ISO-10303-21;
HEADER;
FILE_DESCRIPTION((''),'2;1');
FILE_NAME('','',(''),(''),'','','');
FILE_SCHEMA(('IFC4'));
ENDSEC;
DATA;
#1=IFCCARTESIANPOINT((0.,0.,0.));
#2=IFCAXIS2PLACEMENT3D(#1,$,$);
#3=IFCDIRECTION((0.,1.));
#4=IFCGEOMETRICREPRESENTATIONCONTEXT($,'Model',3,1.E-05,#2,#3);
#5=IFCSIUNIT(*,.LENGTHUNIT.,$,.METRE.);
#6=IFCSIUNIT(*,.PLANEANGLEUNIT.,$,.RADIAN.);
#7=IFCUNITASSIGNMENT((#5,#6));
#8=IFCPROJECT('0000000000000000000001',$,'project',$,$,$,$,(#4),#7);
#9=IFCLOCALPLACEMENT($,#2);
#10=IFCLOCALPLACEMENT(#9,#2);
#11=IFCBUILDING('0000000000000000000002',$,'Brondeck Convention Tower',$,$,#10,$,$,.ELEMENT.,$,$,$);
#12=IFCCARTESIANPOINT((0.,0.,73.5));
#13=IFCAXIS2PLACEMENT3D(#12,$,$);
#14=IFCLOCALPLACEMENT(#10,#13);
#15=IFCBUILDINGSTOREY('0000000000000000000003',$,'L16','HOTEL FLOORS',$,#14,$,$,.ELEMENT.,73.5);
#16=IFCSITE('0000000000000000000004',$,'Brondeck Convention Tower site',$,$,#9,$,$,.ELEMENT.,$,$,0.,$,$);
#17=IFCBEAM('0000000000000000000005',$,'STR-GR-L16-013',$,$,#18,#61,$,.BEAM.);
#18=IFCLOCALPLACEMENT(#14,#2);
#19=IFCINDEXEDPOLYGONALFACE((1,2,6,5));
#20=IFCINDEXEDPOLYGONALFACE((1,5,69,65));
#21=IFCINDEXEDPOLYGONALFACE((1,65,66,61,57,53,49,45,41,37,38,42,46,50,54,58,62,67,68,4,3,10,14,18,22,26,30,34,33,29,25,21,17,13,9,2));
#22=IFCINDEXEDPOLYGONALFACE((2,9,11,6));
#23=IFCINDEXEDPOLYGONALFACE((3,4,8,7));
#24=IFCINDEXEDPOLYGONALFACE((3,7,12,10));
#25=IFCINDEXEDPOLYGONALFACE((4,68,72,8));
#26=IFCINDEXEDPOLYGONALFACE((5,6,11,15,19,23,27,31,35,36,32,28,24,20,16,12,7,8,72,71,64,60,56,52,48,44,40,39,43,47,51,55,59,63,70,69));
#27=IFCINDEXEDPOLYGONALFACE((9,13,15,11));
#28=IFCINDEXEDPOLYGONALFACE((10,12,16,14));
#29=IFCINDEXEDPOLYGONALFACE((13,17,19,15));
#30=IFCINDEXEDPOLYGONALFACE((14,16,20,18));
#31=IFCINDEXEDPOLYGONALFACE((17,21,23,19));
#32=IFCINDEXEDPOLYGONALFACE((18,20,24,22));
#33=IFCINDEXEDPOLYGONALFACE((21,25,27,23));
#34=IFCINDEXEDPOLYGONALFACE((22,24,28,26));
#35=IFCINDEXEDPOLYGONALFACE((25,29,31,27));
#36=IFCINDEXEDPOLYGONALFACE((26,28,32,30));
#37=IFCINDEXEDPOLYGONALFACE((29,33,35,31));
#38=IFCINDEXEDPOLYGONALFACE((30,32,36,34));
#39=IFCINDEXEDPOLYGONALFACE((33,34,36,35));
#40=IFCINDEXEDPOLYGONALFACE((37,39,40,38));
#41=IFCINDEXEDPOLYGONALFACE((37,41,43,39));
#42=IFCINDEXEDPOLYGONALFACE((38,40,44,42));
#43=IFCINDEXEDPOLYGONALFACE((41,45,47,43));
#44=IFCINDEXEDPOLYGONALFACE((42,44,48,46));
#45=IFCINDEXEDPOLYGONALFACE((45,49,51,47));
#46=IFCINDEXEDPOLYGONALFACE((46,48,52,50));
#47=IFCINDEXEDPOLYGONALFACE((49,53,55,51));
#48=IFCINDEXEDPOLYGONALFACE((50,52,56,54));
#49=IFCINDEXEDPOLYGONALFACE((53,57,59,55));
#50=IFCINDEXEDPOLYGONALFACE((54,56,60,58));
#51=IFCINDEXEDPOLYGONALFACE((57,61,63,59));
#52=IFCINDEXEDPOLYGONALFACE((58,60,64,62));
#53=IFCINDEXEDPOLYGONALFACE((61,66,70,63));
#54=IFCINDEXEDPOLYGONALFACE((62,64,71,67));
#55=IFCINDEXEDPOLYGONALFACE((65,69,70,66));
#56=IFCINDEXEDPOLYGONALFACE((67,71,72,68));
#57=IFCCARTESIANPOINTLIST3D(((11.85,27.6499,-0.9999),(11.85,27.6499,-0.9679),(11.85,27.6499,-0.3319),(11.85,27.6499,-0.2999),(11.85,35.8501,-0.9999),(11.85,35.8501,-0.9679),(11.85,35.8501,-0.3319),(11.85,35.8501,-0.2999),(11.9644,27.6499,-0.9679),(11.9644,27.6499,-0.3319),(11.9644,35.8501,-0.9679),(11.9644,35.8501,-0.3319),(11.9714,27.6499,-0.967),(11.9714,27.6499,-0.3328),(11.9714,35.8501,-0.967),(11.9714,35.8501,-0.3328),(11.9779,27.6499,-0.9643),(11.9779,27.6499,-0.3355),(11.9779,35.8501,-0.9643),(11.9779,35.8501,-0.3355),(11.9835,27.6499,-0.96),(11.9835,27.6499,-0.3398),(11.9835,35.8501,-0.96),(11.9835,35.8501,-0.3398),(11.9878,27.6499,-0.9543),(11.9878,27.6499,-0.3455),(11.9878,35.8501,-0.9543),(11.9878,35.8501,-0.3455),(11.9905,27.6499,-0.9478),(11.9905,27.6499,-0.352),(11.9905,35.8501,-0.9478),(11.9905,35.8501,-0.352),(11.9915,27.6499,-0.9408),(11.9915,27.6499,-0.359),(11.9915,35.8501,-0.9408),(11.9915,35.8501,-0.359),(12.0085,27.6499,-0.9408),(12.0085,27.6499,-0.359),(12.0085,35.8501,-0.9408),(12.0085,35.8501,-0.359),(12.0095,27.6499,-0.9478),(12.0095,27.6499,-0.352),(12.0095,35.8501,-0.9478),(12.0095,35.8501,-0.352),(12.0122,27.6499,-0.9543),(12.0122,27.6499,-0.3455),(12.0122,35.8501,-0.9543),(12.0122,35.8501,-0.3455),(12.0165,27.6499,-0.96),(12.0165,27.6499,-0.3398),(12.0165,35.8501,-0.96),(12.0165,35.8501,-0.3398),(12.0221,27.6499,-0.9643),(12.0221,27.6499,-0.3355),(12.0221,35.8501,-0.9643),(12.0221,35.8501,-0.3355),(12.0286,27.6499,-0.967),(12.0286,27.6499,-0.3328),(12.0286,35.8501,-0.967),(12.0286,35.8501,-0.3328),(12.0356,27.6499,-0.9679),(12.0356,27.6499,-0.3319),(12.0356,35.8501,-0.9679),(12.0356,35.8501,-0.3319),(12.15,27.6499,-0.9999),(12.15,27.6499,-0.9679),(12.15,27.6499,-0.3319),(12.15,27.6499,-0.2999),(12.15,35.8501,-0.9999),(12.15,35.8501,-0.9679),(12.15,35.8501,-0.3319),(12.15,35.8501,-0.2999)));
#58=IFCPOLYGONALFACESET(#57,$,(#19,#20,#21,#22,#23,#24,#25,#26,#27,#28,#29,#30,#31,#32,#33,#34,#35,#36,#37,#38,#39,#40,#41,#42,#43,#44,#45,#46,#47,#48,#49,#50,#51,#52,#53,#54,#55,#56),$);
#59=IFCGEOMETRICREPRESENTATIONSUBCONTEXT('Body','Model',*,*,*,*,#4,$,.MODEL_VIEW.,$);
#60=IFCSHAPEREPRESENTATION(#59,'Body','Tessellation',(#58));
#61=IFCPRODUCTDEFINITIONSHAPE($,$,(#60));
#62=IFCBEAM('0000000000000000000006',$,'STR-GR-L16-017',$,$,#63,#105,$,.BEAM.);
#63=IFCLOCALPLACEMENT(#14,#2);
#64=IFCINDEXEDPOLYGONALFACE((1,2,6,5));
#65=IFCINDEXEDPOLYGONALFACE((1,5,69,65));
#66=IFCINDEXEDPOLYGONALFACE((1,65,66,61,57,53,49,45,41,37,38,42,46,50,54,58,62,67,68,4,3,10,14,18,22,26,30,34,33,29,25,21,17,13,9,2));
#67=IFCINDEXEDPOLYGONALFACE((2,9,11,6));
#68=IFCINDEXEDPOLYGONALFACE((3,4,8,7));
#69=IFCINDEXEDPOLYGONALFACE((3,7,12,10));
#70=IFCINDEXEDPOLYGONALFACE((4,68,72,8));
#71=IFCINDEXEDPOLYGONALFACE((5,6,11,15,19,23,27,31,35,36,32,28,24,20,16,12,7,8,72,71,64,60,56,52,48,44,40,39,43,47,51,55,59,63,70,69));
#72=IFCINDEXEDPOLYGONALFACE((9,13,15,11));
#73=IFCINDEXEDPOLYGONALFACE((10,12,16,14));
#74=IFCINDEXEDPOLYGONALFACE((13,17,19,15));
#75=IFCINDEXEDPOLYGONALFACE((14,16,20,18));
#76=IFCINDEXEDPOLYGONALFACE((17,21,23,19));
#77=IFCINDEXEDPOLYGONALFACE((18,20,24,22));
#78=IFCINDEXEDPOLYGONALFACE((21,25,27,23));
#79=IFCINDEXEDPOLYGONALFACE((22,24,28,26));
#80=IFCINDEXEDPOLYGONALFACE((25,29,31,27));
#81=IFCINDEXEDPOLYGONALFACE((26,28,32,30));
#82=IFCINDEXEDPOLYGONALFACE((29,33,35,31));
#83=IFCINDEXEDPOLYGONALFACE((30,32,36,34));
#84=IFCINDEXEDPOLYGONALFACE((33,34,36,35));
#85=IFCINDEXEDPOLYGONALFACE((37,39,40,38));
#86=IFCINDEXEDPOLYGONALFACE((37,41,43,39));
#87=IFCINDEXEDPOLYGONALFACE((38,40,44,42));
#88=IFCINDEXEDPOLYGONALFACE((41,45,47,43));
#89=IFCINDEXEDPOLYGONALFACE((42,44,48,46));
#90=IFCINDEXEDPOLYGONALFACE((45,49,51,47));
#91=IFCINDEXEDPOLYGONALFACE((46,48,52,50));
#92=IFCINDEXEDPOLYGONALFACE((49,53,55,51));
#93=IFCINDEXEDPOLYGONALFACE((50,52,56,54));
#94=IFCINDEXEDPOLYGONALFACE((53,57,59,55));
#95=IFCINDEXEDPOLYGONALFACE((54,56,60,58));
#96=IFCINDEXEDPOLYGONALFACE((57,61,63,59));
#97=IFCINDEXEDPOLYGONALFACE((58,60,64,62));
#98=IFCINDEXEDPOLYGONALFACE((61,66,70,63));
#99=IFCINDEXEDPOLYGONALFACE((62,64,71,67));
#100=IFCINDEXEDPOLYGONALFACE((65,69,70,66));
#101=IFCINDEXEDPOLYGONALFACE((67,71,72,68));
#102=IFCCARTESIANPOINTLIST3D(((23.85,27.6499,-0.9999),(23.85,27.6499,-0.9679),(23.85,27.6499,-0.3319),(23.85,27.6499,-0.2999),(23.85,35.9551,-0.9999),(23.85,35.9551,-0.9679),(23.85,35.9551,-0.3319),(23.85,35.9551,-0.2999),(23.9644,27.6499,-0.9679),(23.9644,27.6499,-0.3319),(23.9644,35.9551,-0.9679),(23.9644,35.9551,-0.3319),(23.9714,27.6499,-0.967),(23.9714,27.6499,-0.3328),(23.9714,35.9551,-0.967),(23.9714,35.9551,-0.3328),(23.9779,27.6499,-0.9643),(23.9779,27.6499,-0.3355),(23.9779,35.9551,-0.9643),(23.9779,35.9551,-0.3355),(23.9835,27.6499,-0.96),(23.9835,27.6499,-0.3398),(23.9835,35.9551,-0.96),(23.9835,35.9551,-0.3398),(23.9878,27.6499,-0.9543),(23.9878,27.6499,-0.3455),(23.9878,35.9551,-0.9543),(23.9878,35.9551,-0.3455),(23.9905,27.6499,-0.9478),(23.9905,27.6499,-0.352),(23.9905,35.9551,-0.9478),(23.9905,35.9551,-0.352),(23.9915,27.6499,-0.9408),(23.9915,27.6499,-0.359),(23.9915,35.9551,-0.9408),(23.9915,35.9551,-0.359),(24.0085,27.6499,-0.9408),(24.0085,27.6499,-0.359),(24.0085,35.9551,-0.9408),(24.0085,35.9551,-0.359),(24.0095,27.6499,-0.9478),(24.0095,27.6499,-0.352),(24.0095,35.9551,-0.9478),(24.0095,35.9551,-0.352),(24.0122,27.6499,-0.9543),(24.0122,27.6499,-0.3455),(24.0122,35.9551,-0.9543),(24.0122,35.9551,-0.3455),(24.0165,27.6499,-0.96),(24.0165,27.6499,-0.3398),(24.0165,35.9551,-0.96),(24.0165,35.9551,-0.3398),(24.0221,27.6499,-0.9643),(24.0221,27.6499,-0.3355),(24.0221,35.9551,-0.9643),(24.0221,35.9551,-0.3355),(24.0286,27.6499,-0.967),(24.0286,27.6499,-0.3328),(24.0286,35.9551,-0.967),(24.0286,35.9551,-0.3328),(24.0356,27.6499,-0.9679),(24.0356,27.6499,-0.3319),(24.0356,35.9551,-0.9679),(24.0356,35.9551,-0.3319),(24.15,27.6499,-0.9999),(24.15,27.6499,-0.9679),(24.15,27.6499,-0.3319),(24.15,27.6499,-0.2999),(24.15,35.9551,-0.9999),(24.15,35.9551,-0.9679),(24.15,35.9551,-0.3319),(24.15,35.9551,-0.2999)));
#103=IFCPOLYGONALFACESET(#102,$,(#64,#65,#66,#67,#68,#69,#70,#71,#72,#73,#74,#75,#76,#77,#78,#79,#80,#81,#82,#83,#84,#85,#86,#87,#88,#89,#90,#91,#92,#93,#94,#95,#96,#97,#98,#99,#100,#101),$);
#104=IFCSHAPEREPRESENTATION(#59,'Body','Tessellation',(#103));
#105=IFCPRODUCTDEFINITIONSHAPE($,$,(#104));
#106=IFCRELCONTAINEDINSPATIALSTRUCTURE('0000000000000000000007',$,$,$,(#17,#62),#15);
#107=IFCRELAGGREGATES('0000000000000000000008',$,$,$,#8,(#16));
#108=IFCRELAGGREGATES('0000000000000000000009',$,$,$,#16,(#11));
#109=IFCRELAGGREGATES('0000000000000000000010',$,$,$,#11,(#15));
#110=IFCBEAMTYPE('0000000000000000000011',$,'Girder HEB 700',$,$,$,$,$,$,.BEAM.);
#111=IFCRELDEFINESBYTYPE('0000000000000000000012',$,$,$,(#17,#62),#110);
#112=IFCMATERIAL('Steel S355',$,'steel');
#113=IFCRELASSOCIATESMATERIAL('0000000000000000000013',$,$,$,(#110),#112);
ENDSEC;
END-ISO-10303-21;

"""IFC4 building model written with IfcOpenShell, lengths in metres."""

from ifc_helpers import new_model, si_unit, direction, frame, origin, origin_2d, place, context, subcontext, project, spatial, i_section, extrude, material, material_profile, profile_set, type_object, element, save


model = new_model("IFC4")

# Units and contexts
model_context = context("Model", 3, precision=1e-05, world=origin(), true_north=direction((0.0, 1.0)))
body_context = subcontext(model_context, "Body", "Model", "MODEL_VIEW")
ifc_project = project(units=[si_unit("LENGTHUNIT", "METRE"), si_unit("PLANEANGLEUNIT", "RADIAN")], contexts=[model_context])

# Site, building, storey
site_placement = place(None, origin())
site = spatial("IfcSite", under=ifc_project, at=site_placement, Name="Brondeck Convention Tower site", CompositionType="ELEMENT", RefElevation=0.0)
building_placement = place(site_placement, origin())
building = spatial("IfcBuilding", under=site, at=building_placement, Name="Brondeck Convention Tower", CompositionType="ELEMENT")
storey_placement = place(building_placement, frame((0.0, 0.0, 73.5)))
storey = spatial("IfcBuildingStorey", under=building, at=storey_placement, Name="L16", Description="HOTEL FLOORS", CompositionType="ELEMENT", Elevation=73.5)

# Beams
ifc_material_1 = material(Name="Steel S355", Category="steel")
ifc_material_profile = material_profile(ifc_material_1, i_section(OverallWidth=0.3, OverallDepth=0.7, WebThickness=0.0171, FlangeThickness=0.032, FilletRadius=0.0271, at=origin_2d()), Name="HEB 700")
ifc_profile_set = profile_set([ifc_material_profile], Name="Steel S355")
beam_type = type_object("IfcBeamType", Name="Girder HEB 700", PredefinedType="BEAM", material=ifc_profile_set)
beam_1_placement = place(storey_placement, frame((12.0, 35.8501, -0.6499), z_axis=(0.0, -1.0, 0.0), x_axis=(1.0, 0.0, 0.0)))
element("IfcBeam", 1, at=beam_1_placement, inside=storey, type_object=beam_type, Name="STR-GR-L16-013", PredefinedType="BEAM", context=body_context, shape_type="SweptSolid", body=[
    extrude(i_section(OverallWidth=0.3, OverallDepth=0.7, WebThickness=0.0171, FlangeThickness=0.032, FilletRadius=0.0271, at=origin_2d()), origin(), (0.0, 0.0, 1.0), 8.2002),
])
beam_2_placement = place(storey_placement, frame((24.0, 35.9551, -0.6499), z_axis=(0.0, -1.0, 0.0), x_axis=(1.0, 0.0, 0.0)))
element("IfcBeam", 2, at=beam_2_placement, inside=storey, type_object=beam_type, Name="STR-GR-L16-017", PredefinedType="BEAM", context=body_context, shape_type="SweptSolid", body=[
    extrude(i_section(OverallWidth=0.3, OverallDepth=0.7, WebThickness=0.0171, FlangeThickness=0.032, FilletRadius=0.0271, at=origin_2d()), origin(), (0.0, 0.0, 1.0), 8.3052),
])

save(model, "model.ifc")
